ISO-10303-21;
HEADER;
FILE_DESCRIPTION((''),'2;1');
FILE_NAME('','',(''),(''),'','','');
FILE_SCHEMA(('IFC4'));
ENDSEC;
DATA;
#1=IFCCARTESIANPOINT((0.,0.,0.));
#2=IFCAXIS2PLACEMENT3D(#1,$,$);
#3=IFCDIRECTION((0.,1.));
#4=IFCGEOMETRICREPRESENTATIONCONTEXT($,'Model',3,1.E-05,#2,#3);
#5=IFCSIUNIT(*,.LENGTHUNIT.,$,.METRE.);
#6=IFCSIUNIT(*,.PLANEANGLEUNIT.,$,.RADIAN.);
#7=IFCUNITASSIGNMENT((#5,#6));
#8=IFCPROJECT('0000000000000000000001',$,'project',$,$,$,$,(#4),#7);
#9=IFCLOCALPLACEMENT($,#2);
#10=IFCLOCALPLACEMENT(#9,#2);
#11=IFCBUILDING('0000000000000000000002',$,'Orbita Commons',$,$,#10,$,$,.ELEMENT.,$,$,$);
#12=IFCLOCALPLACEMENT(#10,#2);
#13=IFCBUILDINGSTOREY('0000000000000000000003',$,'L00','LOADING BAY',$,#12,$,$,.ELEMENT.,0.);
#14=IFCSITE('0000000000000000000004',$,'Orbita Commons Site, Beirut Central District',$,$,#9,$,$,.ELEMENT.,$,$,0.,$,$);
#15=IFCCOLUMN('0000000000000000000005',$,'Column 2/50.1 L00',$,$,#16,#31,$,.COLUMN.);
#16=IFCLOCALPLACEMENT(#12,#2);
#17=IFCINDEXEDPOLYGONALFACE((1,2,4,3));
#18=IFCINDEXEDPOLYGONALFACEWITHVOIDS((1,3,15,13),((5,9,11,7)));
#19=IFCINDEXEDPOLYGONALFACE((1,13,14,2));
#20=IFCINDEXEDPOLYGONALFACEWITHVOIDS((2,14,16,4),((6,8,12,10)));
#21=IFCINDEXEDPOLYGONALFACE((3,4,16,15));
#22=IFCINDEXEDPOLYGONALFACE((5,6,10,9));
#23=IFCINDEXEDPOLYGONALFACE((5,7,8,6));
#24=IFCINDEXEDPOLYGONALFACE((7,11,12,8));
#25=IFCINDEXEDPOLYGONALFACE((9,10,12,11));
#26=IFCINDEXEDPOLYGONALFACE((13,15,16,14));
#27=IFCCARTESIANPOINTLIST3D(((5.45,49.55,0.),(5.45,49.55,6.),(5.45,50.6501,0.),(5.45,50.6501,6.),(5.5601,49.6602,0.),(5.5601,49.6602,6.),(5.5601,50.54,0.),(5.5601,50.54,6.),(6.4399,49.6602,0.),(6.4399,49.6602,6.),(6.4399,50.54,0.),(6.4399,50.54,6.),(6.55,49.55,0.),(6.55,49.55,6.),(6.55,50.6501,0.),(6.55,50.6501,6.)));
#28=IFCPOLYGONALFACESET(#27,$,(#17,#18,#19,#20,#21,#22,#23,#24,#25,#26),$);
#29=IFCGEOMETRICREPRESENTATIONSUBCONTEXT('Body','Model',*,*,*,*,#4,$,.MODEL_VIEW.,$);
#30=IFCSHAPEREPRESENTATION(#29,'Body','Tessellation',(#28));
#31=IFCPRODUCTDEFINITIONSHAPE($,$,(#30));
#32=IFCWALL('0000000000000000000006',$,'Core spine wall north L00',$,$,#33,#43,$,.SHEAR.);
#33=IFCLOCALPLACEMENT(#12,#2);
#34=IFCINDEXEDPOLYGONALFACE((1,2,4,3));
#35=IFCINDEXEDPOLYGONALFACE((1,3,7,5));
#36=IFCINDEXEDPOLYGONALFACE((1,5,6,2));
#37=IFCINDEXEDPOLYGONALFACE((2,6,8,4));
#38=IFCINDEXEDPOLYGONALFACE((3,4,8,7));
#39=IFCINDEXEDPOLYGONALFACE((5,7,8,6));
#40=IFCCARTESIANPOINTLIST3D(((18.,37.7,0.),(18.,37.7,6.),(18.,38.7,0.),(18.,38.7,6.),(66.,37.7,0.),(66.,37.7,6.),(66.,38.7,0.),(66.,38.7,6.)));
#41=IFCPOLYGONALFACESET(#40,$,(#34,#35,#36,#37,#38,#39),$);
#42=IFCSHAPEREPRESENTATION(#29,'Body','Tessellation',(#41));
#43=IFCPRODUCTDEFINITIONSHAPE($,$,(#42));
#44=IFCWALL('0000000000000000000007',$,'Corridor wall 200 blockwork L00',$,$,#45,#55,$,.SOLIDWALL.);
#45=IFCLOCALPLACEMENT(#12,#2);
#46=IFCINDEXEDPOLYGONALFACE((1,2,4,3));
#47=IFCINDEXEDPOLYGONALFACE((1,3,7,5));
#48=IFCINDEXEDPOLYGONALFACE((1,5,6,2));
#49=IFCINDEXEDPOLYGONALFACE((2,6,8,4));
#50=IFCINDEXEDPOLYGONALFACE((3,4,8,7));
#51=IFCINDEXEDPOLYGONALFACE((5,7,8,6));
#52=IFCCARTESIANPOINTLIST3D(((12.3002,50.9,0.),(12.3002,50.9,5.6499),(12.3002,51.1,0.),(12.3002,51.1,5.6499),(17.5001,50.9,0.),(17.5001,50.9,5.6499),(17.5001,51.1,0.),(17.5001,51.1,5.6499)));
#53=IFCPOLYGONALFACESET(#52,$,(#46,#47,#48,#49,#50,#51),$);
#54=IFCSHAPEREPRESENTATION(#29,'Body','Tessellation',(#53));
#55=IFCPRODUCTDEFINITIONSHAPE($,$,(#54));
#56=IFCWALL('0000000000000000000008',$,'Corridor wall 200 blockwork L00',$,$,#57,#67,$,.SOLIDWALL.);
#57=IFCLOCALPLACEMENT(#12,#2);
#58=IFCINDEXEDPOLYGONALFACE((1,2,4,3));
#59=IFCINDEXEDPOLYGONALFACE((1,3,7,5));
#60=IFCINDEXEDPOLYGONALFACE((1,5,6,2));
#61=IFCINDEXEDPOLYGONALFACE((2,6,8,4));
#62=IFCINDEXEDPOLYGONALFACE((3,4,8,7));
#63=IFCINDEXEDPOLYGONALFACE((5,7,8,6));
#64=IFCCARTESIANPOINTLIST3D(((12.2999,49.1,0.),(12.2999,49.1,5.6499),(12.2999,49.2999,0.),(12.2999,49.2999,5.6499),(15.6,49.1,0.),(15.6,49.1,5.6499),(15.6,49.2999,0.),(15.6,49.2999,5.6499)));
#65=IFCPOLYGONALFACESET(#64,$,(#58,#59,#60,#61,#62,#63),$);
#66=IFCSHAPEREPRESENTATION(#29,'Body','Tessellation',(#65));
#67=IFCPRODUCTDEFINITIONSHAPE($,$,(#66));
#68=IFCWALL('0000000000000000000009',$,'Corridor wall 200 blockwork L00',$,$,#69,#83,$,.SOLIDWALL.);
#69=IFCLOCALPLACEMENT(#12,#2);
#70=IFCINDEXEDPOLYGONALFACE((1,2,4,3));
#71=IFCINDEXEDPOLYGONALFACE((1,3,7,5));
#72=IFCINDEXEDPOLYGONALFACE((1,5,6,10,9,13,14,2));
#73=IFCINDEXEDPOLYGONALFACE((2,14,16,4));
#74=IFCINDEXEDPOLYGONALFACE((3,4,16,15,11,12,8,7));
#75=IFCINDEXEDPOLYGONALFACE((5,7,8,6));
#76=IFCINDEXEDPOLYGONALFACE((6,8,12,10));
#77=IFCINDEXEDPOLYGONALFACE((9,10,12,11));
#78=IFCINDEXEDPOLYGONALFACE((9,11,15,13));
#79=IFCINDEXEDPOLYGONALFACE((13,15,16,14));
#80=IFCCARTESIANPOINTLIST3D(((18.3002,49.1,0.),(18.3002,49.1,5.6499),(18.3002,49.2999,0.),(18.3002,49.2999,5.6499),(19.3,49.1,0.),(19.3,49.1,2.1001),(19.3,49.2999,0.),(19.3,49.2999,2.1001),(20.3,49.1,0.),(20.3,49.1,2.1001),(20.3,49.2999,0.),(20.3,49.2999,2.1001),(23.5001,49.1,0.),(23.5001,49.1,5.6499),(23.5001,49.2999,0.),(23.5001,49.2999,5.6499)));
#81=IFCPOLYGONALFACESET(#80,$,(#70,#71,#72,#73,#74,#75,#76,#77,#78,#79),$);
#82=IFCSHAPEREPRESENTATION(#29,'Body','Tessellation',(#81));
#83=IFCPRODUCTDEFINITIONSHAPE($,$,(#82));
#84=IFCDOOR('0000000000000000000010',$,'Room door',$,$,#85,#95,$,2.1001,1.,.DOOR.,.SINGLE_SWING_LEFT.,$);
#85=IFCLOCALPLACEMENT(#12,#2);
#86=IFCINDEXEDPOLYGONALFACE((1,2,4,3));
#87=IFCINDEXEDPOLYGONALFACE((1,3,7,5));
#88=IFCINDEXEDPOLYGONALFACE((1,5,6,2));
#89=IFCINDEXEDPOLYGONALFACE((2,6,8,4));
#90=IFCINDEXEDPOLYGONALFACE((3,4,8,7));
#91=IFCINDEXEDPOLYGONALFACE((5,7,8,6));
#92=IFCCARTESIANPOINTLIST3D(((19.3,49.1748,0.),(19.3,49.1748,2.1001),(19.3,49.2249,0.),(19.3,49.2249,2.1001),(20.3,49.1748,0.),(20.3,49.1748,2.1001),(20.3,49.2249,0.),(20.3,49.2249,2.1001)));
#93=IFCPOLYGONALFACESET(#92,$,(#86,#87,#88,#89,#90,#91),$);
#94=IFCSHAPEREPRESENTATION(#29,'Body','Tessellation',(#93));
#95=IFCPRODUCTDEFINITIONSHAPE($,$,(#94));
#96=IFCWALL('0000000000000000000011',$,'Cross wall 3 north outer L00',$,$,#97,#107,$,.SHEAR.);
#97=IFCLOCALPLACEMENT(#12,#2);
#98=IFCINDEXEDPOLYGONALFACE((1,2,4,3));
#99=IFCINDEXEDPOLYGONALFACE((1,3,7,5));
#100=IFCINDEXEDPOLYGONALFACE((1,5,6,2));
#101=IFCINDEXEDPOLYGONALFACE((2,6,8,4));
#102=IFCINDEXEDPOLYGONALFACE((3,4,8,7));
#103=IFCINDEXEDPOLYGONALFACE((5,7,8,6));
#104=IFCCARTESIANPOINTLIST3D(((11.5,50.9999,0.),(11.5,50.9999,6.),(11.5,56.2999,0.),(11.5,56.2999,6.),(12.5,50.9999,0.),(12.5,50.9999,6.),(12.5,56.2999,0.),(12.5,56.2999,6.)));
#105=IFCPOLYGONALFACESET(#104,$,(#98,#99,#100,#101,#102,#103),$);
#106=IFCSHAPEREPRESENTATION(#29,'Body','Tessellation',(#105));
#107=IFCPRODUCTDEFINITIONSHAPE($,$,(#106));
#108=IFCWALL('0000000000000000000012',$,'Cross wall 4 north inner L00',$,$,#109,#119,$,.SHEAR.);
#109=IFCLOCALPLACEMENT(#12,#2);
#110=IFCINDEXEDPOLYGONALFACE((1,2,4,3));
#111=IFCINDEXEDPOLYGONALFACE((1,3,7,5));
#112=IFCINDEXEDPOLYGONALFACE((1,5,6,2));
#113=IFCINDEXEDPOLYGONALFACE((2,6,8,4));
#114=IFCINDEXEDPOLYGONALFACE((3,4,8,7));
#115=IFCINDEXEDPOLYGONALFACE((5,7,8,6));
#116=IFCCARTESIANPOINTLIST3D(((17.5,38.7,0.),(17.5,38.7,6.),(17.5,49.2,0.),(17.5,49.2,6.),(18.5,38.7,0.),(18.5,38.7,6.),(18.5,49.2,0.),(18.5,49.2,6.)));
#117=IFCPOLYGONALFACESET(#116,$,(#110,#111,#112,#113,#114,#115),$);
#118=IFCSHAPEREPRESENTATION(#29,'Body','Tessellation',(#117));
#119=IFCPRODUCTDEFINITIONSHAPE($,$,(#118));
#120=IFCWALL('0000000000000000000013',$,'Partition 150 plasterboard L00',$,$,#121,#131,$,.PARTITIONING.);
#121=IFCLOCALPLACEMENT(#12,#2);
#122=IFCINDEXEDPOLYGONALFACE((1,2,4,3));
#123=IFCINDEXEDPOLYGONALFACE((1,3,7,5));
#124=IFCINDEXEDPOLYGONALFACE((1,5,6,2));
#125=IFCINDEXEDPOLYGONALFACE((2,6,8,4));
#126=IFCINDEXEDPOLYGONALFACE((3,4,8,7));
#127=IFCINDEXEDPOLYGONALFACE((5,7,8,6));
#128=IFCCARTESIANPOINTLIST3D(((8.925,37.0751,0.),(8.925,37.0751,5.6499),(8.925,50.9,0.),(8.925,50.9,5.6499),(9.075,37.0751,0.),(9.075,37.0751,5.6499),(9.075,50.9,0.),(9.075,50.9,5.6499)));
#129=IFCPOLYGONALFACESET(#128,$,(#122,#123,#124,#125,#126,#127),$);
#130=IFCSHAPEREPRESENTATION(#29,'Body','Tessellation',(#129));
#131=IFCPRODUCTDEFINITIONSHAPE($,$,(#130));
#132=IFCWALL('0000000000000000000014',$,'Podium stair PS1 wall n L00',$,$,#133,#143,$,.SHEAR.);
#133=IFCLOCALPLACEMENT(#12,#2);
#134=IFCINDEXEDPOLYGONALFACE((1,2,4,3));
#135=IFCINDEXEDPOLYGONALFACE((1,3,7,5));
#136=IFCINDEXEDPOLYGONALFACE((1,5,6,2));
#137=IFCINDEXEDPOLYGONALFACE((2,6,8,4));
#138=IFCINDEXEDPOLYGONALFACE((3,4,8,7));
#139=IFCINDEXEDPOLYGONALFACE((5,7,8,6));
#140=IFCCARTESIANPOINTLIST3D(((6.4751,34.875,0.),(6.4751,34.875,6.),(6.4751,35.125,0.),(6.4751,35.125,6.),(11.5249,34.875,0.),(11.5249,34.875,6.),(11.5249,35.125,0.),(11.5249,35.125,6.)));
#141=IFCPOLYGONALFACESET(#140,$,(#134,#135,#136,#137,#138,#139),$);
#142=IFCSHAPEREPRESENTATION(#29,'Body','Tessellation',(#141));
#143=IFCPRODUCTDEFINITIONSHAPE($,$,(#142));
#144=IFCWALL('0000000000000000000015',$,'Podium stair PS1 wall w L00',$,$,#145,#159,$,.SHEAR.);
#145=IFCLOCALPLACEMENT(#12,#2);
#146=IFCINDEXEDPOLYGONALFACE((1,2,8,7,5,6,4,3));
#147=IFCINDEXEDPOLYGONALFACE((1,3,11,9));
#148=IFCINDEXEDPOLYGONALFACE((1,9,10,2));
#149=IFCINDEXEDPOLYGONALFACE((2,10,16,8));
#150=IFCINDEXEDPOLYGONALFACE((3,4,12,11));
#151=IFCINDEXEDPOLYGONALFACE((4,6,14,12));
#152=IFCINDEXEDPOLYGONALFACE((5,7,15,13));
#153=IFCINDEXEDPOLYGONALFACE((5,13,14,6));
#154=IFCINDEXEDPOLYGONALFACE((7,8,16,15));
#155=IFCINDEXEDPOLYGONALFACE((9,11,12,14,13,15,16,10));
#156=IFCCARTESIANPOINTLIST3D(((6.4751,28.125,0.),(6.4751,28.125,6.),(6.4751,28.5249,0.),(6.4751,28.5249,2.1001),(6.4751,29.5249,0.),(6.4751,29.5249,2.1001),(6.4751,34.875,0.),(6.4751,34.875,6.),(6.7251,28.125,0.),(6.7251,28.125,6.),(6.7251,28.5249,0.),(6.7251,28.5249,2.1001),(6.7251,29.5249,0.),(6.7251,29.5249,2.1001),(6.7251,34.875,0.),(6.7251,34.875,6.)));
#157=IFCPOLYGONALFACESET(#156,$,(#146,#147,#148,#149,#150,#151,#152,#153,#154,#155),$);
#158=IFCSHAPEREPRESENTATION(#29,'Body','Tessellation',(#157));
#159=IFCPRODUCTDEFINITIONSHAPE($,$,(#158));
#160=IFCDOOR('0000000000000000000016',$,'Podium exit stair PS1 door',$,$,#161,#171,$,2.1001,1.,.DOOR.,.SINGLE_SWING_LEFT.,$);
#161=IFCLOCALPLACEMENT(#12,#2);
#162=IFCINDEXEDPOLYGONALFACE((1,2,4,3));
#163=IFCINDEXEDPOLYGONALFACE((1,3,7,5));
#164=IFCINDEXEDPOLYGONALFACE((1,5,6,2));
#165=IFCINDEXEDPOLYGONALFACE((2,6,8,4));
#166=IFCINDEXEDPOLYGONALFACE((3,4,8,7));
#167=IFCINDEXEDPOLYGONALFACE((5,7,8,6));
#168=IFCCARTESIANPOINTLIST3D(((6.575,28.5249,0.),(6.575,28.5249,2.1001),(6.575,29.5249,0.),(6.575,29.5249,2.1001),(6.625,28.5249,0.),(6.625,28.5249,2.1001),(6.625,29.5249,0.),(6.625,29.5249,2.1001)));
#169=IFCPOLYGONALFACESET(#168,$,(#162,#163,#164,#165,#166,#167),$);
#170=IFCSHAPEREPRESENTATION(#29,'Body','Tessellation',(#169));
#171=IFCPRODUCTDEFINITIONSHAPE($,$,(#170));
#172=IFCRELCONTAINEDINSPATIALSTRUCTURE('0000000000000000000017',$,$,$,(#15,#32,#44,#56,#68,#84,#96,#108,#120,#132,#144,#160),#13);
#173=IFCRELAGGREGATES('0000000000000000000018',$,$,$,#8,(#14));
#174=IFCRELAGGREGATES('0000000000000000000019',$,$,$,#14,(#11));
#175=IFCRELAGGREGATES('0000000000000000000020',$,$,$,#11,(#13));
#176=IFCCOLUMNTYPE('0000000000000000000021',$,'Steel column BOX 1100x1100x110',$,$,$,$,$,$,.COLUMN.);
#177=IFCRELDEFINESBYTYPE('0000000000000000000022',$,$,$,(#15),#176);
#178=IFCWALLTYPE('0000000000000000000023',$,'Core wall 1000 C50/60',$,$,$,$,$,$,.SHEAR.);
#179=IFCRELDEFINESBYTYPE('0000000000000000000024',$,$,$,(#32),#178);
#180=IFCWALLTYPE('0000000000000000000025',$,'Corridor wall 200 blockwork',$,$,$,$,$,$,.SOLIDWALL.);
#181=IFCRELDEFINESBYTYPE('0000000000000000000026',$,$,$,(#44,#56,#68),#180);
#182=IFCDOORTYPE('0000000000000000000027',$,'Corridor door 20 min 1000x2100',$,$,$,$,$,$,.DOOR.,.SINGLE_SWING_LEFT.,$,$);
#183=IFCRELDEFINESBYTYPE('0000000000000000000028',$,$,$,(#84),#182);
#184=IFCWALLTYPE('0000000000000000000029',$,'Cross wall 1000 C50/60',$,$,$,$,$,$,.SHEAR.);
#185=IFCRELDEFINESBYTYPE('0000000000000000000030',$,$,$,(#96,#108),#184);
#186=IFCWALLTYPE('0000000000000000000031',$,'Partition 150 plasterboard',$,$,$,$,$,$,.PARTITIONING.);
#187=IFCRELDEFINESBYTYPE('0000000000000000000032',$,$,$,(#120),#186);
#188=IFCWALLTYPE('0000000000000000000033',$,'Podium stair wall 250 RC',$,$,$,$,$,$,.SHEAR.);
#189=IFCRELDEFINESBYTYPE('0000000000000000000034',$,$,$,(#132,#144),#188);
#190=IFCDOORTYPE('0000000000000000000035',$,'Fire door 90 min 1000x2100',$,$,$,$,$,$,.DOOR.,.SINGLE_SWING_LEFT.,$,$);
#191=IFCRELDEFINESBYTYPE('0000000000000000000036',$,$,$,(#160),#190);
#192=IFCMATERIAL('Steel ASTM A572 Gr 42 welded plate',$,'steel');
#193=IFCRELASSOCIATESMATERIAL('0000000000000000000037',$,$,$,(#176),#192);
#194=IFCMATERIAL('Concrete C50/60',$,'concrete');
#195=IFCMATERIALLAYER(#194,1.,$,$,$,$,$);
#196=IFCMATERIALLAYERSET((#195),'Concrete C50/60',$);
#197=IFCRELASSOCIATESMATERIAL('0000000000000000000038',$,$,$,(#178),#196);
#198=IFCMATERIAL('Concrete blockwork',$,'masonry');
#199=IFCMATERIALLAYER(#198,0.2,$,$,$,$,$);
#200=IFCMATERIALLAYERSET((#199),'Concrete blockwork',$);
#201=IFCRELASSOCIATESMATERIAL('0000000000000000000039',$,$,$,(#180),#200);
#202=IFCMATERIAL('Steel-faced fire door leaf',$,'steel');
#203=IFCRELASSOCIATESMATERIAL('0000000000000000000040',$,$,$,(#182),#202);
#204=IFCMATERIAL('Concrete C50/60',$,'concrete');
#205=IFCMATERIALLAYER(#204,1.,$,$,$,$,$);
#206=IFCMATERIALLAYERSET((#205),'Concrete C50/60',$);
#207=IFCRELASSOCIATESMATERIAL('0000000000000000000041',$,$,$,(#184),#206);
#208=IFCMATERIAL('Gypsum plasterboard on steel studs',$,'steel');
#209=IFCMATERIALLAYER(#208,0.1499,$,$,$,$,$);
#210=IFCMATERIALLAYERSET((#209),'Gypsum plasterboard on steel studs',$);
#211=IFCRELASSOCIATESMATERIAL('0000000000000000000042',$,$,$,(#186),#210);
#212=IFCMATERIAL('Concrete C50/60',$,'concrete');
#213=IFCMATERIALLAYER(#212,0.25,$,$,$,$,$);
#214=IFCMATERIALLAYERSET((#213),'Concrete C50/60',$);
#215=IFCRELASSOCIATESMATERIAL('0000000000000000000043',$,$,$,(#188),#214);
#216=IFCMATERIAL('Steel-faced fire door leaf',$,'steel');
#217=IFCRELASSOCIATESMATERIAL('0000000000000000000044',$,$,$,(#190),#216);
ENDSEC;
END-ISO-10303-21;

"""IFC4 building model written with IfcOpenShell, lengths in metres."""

from ifc_helpers import new_model, si_unit, direction, frame, frame_2d, origin, origin_2d, place, context, subcontext, project, spatial, rectangle, hollow_rectangle, extrude, material, layer, layer_set, material_profile, profile_set, type_object, element, fill, save


model = new_model("IFC4")

# Units and contexts
model_context = context("Model", 3, precision=1e-05, world=origin(), true_north=direction((0.0, 1.0)))
body_context = subcontext(model_context, "Body", "Model", "MODEL_VIEW")
ifc_project = project(units=[si_unit("LENGTHUNIT", "METRE"), si_unit("PLANEANGLEUNIT", "RADIAN")], contexts=[model_context])

# Site, building, storey
site_placement = place(None, origin())
site = spatial("IfcSite", under=ifc_project, at=site_placement, Name="Orbita Commons Site, Beirut Central District", CompositionType="ELEMENT", RefElevation=0.0)
building_placement = place(site_placement, origin())
building = spatial("IfcBuilding", under=site, at=building_placement, Name="Orbita Commons", CompositionType="ELEMENT")
storey_placement = place(building_placement, origin())
storey = spatial("IfcBuildingStorey", under=building, at=storey_placement, Name="L00", Description="LOADING BAY", CompositionType="ELEMENT", Elevation=0.0)

# Column
ifc_material_1 = material(Name="Steel ASTM A572 Gr 42 welded plate", Category="steel")
ifc_material_profile = material_profile(ifc_material_1, hollow_rectangle(XDim=1.1001, YDim=1.1001, WallThickness=0.1101, at=origin_2d()), Name="BOX 1100x1100x110")
ifc_profile_set = profile_set([ifc_material_profile], Name="Steel ASTM A572 Gr 42 welded plate")
column_type = type_object("IfcColumnType", Name="Steel column BOX 1100x1100x110", PredefinedType="COLUMN", material=ifc_profile_set)
column_placement = place(storey_placement, frame((6.0, 50.1001, 0.0), z_axis=(0.0, 0.0, 1.0), x_axis=(1.0, 0.0, 0.0)))
element("IfcColumn", 1, at=column_placement, inside=storey, type_object=column_type, Name="Column 2/50.1 L00", PredefinedType="COLUMN", context=body_context, shape_type="SweptSolid", body=[
    extrude(hollow_rectangle(XDim=1.1001, YDim=1.1001, WallThickness=0.1101, at=origin_2d()), origin(), (0.0, 0.0, 1.0), 6.0),
])

# Walls
ifc_material_2 = material(Name="Concrete C50/60", Category="concrete")
ifc_layer_1 = layer(ifc_material_2, 1.0)
ifc_layer_set_1 = layer_set([ifc_layer_1], Name="Concrete C50/60")
wall_type_1 = type_object("IfcWallType", Name="Core wall 1000 C50/60", PredefinedType="SHEAR", material=ifc_layer_set_1)
wall_1_placement = place(storey_placement, frame((18.0, 38.2, 0.0), z_axis=(0.0, 0.0, 1.0), x_axis=(1.0, 0.0, 0.0)))
element("IfcWall", 2, at=wall_1_placement, inside=storey, type_object=wall_type_1, Name="Core spine wall north L00", PredefinedType="SHEAR", context=body_context, shape_type="SweptSolid", body=[
    extrude(rectangle(XDim=48.0, YDim=1.0, at=frame_2d((24.0, 0.0))), origin(), (0.0, 0.0, 1.0), 6.0),
])
ifc_material_3 = material(Name="Concrete blockwork", Category="masonry")
ifc_layer_2 = layer(ifc_material_3, 0.2)
ifc_layer_set_2 = layer_set([ifc_layer_2], Name="Concrete blockwork")
wall_type_2 = type_object("IfcWallType", Name="Corridor wall 200 blockwork", PredefinedType="SOLIDWALL", material=ifc_layer_set_2)
wall_2_placement = place(storey_placement, frame((12.3, 51.0, 0.0), z_axis=(0.0, 0.0, 1.0), x_axis=(1.0, 0.0, 0.0)))
element("IfcWall", 3, at=wall_2_placement, inside=storey, type_object=wall_type_2, Name="Corridor wall 200 blockwork L00", PredefinedType="SOLIDWALL", context=body_context, shape_type="SweptSolid", body=[
    extrude(rectangle(XDim=5.2, YDim=0.2, at=frame_2d((2.6001, 0.0))), origin(), (0.0, 0.0, 1.0), 5.6499),
])
wall_3_placement = place(storey_placement, frame((12.3, 49.2, 0.0), z_axis=(0.0, 0.0, 1.0), x_axis=(1.0, 0.0, 0.0)))
element("IfcWall", 4, at=wall_3_placement, inside=storey, type_object=wall_type_2, Name="Corridor wall 200 blockwork L00", PredefinedType="SOLIDWALL", context=body_context, shape_type="SweptSolid", body=[
    extrude(rectangle(XDim=3.3, YDim=0.2, at=frame_2d((1.6499, 0.0))), origin(), (0.0, 0.0, 1.0), 5.6499),
])

# Wall, opening, door
wall_4_placement = place(storey_placement, frame((18.3, 49.2, 0.0), z_axis=(0.0, 0.0, 1.0), x_axis=(1.0, 0.0, 0.0)))
wall_4 = element("IfcWall", 5, at=wall_4_placement, inside=storey, type_object=wall_type_2, Name="Corridor wall 200 blockwork L00", PredefinedType="SOLIDWALL", context=body_context, shape_type="SweptSolid", body=[
    extrude(rectangle(XDim=5.2, YDim=0.2, at=frame_2d((2.6001, 0.0))), origin(), (0.0, 0.0, 1.0), 5.6499),
])
opening_1_placement = place(wall_4_placement, frame((1.0, 0.0, 0.0)))
opening_1 = element("IfcOpeningElement", 6, at=opening_1_placement, cuts=wall_4, PredefinedType="OPENING", context=body_context, shape_type="SweptSolid", body=[
    extrude(rectangle(XDim=1.0, YDim=2.1001, at=frame_2d((0.5, 1.05))), frame((0.0, 0.1099, 0.0), z_axis=(0.0, -1.0, 0.0), x_axis=(1.0, 0.0, 0.0)), (0.0, 0.0, 1.0), 0.22),
])
ifc_material_4 = material(Name="Steel-faced fire door leaf", Category="steel")
door_type_1 = type_object("IfcDoorType", Name="Corridor door 20 min 1000x2100", OperationType="SINGLE_SWING_LEFT", PredefinedType="DOOR", material=ifc_material_4)
door_1_placement = place(opening_1_placement, origin())
door_1 = element("IfcDoor", 7, at=door_1_placement, inside=storey, type_object=door_type_1, Name="Room door", OperationType="SINGLE_SWING_LEFT", OverallHeight=2.1001, OverallWidth=1.0, PredefinedType="DOOR", context=body_context, shape_type="SweptSolid", body=[
    extrude(rectangle(XDim=1.0, YDim=2.1001, at=frame_2d((0.5, 1.05))), frame((0.0, 0.0249, 0.0), z_axis=(0.0, -1.0, 0.0), x_axis=(1.0, 0.0, 0.0)), (0.0, 0.0, 1.0), 0.05),
])
fill(opening_1, door_1)

# Walls
ifc_material_5 = material(Name="Concrete C50/60", Category="concrete")
ifc_layer_3 = layer(ifc_material_5, 1.0)
ifc_layer_set_3 = layer_set([ifc_layer_3], Name="Concrete C50/60")
wall_type_3 = type_object("IfcWallType", Name="Cross wall 1000 C50/60", PredefinedType="SHEAR", material=ifc_layer_set_3)
wall_5_placement = place(storey_placement, frame((12.0, 51.0, 0.0), z_axis=(0.0, 0.0, 1.0), x_axis=(0.0, 1.0, 0.0)))
element("IfcWall", 8, at=wall_5_placement, inside=storey, type_object=wall_type_3, Name="Cross wall 3 north outer L00", PredefinedType="SHEAR", context=body_context, shape_type="SweptSolid", body=[
    extrude(rectangle(XDim=5.3, YDim=1.0, at=frame_2d((2.6499, 0.0))), origin(), (0.0, 0.0, 1.0), 6.0),
])
wall_6_placement = place(storey_placement, frame((18.0, 38.7, 0.0), z_axis=(0.0, 0.0, 1.0), x_axis=(0.0, 1.0, 0.0)))
element("IfcWall", 9, at=wall_6_placement, inside=storey, type_object=wall_type_3, Name="Cross wall 4 north inner L00", PredefinedType="SHEAR", context=body_context, shape_type="SweptSolid", body=[
    extrude(rectangle(XDim=10.5, YDim=1.0, at=frame_2d((5.25, 0.0))), origin(), (0.0, 0.0, 1.0), 6.0),
])
ifc_material_6 = material(Name="Gypsum plasterboard on steel studs", Category="steel")
ifc_layer_4 = layer(ifc_material_6, 0.1499)
ifc_layer_set_4 = layer_set([ifc_layer_4], Name="Gypsum plasterboard on steel studs")
wall_type_4 = type_object("IfcWallType", Name="Partition 150 plasterboard", PredefinedType="PARTITIONING", material=ifc_layer_set_4)
wall_7_placement = place(storey_placement, frame((9.0, 37.075, 0.0), z_axis=(0.0, 0.0, 1.0), x_axis=(0.0, 1.0, 0.0)))
element("IfcWall", 10, at=wall_7_placement, inside=storey, type_object=wall_type_4, Name="Partition 150 plasterboard L00", PredefinedType="PARTITIONING", context=body_context, shape_type="SweptSolid", body=[
    extrude(rectangle(XDim=13.825, YDim=0.1499, at=frame_2d((6.9126, 0.0))), origin(), (0.0, 0.0, 1.0), 5.6499),
])
ifc_material_7 = material(Name="Concrete C50/60", Category="concrete")
ifc_layer_5 = layer(ifc_material_7, 0.25)
ifc_layer_set_5 = layer_set([ifc_layer_5], Name="Concrete C50/60")
wall_type_5 = type_object("IfcWallType", Name="Podium stair wall 250 RC", PredefinedType="SHEAR", material=ifc_layer_set_5)
wall_8_placement = place(storey_placement, frame((11.5249, 35.0, 0.0), z_axis=(0.0, 0.0, 1.0), x_axis=(-1.0, 0.0, 0.0)))
element("IfcWall", 11, at=wall_8_placement, inside=storey, type_object=wall_type_5, Name="Podium stair PS1 wall n L00", PredefinedType="SHEAR", context=body_context, shape_type="SweptSolid", body=[
    extrude(rectangle(XDim=5.0498, YDim=0.25, at=frame_2d((2.5249, 0.0))), origin(), (0.0, 0.0, 1.0), 6.0),
])

# Wall, opening, door
wall_9_placement = place(storey_placement, frame((6.6001, 34.875, 0.0), z_axis=(0.0, 0.0, 1.0), x_axis=(0.0, -1.0, 0.0)))
wall_9 = element("IfcWall", 12, at=wall_9_placement, inside=storey, type_object=wall_type_5, Name="Podium stair PS1 wall w L00", PredefinedType="SHEAR", context=body_context, shape_type="SweptSolid", body=[
    extrude(rectangle(XDim=6.75, YDim=0.25, at=frame_2d((3.375, 0.0))), origin(), (0.0, 0.0, 1.0), 6.0),
])
opening_2_placement = place(wall_9_placement, frame((5.3501, 0.0, 0.0)))
opening_2 = element("IfcOpeningElement", 13, at=opening_2_placement, cuts=wall_9, PredefinedType="OPENING", context=body_context, shape_type="SweptSolid", body=[
    extrude(rectangle(XDim=1.0, YDim=2.1001, at=frame_2d((0.5, 1.05))), frame((0.0, 0.135, 0.0), z_axis=(0.0, -1.0, 0.0), x_axis=(1.0, 0.0, 0.0)), (0.0, 0.0, 1.0), 0.27),
])
ifc_material_8 = material(Name="Steel-faced fire door leaf", Category="steel")
door_type_2 = type_object("IfcDoorType", Name="Fire door 90 min 1000x2100", OperationType="SINGLE_SWING_LEFT", PredefinedType="DOOR", material=ifc_material_8)
door_2_placement = place(opening_2_placement, origin())
door_2 = element("IfcDoor", 14, at=door_2_placement, inside=storey, type_object=door_type_2, Name="Podium exit stair PS1 door", OperationType="SINGLE_SWING_LEFT", OverallHeight=2.1001, OverallWidth=1.0, PredefinedType="DOOR", context=body_context, shape_type="SweptSolid", body=[
    extrude(rectangle(XDim=1.0, YDim=2.1001, at=frame_2d((0.5, 1.05))), frame((0.0, 0.0249, 0.0), z_axis=(0.0, -1.0, 0.0), x_axis=(1.0, 0.0, 0.0)), (0.0, 0.0, 1.0), 0.05),
])
fill(opening_2, door_2)

save(model, "model.ifc")
